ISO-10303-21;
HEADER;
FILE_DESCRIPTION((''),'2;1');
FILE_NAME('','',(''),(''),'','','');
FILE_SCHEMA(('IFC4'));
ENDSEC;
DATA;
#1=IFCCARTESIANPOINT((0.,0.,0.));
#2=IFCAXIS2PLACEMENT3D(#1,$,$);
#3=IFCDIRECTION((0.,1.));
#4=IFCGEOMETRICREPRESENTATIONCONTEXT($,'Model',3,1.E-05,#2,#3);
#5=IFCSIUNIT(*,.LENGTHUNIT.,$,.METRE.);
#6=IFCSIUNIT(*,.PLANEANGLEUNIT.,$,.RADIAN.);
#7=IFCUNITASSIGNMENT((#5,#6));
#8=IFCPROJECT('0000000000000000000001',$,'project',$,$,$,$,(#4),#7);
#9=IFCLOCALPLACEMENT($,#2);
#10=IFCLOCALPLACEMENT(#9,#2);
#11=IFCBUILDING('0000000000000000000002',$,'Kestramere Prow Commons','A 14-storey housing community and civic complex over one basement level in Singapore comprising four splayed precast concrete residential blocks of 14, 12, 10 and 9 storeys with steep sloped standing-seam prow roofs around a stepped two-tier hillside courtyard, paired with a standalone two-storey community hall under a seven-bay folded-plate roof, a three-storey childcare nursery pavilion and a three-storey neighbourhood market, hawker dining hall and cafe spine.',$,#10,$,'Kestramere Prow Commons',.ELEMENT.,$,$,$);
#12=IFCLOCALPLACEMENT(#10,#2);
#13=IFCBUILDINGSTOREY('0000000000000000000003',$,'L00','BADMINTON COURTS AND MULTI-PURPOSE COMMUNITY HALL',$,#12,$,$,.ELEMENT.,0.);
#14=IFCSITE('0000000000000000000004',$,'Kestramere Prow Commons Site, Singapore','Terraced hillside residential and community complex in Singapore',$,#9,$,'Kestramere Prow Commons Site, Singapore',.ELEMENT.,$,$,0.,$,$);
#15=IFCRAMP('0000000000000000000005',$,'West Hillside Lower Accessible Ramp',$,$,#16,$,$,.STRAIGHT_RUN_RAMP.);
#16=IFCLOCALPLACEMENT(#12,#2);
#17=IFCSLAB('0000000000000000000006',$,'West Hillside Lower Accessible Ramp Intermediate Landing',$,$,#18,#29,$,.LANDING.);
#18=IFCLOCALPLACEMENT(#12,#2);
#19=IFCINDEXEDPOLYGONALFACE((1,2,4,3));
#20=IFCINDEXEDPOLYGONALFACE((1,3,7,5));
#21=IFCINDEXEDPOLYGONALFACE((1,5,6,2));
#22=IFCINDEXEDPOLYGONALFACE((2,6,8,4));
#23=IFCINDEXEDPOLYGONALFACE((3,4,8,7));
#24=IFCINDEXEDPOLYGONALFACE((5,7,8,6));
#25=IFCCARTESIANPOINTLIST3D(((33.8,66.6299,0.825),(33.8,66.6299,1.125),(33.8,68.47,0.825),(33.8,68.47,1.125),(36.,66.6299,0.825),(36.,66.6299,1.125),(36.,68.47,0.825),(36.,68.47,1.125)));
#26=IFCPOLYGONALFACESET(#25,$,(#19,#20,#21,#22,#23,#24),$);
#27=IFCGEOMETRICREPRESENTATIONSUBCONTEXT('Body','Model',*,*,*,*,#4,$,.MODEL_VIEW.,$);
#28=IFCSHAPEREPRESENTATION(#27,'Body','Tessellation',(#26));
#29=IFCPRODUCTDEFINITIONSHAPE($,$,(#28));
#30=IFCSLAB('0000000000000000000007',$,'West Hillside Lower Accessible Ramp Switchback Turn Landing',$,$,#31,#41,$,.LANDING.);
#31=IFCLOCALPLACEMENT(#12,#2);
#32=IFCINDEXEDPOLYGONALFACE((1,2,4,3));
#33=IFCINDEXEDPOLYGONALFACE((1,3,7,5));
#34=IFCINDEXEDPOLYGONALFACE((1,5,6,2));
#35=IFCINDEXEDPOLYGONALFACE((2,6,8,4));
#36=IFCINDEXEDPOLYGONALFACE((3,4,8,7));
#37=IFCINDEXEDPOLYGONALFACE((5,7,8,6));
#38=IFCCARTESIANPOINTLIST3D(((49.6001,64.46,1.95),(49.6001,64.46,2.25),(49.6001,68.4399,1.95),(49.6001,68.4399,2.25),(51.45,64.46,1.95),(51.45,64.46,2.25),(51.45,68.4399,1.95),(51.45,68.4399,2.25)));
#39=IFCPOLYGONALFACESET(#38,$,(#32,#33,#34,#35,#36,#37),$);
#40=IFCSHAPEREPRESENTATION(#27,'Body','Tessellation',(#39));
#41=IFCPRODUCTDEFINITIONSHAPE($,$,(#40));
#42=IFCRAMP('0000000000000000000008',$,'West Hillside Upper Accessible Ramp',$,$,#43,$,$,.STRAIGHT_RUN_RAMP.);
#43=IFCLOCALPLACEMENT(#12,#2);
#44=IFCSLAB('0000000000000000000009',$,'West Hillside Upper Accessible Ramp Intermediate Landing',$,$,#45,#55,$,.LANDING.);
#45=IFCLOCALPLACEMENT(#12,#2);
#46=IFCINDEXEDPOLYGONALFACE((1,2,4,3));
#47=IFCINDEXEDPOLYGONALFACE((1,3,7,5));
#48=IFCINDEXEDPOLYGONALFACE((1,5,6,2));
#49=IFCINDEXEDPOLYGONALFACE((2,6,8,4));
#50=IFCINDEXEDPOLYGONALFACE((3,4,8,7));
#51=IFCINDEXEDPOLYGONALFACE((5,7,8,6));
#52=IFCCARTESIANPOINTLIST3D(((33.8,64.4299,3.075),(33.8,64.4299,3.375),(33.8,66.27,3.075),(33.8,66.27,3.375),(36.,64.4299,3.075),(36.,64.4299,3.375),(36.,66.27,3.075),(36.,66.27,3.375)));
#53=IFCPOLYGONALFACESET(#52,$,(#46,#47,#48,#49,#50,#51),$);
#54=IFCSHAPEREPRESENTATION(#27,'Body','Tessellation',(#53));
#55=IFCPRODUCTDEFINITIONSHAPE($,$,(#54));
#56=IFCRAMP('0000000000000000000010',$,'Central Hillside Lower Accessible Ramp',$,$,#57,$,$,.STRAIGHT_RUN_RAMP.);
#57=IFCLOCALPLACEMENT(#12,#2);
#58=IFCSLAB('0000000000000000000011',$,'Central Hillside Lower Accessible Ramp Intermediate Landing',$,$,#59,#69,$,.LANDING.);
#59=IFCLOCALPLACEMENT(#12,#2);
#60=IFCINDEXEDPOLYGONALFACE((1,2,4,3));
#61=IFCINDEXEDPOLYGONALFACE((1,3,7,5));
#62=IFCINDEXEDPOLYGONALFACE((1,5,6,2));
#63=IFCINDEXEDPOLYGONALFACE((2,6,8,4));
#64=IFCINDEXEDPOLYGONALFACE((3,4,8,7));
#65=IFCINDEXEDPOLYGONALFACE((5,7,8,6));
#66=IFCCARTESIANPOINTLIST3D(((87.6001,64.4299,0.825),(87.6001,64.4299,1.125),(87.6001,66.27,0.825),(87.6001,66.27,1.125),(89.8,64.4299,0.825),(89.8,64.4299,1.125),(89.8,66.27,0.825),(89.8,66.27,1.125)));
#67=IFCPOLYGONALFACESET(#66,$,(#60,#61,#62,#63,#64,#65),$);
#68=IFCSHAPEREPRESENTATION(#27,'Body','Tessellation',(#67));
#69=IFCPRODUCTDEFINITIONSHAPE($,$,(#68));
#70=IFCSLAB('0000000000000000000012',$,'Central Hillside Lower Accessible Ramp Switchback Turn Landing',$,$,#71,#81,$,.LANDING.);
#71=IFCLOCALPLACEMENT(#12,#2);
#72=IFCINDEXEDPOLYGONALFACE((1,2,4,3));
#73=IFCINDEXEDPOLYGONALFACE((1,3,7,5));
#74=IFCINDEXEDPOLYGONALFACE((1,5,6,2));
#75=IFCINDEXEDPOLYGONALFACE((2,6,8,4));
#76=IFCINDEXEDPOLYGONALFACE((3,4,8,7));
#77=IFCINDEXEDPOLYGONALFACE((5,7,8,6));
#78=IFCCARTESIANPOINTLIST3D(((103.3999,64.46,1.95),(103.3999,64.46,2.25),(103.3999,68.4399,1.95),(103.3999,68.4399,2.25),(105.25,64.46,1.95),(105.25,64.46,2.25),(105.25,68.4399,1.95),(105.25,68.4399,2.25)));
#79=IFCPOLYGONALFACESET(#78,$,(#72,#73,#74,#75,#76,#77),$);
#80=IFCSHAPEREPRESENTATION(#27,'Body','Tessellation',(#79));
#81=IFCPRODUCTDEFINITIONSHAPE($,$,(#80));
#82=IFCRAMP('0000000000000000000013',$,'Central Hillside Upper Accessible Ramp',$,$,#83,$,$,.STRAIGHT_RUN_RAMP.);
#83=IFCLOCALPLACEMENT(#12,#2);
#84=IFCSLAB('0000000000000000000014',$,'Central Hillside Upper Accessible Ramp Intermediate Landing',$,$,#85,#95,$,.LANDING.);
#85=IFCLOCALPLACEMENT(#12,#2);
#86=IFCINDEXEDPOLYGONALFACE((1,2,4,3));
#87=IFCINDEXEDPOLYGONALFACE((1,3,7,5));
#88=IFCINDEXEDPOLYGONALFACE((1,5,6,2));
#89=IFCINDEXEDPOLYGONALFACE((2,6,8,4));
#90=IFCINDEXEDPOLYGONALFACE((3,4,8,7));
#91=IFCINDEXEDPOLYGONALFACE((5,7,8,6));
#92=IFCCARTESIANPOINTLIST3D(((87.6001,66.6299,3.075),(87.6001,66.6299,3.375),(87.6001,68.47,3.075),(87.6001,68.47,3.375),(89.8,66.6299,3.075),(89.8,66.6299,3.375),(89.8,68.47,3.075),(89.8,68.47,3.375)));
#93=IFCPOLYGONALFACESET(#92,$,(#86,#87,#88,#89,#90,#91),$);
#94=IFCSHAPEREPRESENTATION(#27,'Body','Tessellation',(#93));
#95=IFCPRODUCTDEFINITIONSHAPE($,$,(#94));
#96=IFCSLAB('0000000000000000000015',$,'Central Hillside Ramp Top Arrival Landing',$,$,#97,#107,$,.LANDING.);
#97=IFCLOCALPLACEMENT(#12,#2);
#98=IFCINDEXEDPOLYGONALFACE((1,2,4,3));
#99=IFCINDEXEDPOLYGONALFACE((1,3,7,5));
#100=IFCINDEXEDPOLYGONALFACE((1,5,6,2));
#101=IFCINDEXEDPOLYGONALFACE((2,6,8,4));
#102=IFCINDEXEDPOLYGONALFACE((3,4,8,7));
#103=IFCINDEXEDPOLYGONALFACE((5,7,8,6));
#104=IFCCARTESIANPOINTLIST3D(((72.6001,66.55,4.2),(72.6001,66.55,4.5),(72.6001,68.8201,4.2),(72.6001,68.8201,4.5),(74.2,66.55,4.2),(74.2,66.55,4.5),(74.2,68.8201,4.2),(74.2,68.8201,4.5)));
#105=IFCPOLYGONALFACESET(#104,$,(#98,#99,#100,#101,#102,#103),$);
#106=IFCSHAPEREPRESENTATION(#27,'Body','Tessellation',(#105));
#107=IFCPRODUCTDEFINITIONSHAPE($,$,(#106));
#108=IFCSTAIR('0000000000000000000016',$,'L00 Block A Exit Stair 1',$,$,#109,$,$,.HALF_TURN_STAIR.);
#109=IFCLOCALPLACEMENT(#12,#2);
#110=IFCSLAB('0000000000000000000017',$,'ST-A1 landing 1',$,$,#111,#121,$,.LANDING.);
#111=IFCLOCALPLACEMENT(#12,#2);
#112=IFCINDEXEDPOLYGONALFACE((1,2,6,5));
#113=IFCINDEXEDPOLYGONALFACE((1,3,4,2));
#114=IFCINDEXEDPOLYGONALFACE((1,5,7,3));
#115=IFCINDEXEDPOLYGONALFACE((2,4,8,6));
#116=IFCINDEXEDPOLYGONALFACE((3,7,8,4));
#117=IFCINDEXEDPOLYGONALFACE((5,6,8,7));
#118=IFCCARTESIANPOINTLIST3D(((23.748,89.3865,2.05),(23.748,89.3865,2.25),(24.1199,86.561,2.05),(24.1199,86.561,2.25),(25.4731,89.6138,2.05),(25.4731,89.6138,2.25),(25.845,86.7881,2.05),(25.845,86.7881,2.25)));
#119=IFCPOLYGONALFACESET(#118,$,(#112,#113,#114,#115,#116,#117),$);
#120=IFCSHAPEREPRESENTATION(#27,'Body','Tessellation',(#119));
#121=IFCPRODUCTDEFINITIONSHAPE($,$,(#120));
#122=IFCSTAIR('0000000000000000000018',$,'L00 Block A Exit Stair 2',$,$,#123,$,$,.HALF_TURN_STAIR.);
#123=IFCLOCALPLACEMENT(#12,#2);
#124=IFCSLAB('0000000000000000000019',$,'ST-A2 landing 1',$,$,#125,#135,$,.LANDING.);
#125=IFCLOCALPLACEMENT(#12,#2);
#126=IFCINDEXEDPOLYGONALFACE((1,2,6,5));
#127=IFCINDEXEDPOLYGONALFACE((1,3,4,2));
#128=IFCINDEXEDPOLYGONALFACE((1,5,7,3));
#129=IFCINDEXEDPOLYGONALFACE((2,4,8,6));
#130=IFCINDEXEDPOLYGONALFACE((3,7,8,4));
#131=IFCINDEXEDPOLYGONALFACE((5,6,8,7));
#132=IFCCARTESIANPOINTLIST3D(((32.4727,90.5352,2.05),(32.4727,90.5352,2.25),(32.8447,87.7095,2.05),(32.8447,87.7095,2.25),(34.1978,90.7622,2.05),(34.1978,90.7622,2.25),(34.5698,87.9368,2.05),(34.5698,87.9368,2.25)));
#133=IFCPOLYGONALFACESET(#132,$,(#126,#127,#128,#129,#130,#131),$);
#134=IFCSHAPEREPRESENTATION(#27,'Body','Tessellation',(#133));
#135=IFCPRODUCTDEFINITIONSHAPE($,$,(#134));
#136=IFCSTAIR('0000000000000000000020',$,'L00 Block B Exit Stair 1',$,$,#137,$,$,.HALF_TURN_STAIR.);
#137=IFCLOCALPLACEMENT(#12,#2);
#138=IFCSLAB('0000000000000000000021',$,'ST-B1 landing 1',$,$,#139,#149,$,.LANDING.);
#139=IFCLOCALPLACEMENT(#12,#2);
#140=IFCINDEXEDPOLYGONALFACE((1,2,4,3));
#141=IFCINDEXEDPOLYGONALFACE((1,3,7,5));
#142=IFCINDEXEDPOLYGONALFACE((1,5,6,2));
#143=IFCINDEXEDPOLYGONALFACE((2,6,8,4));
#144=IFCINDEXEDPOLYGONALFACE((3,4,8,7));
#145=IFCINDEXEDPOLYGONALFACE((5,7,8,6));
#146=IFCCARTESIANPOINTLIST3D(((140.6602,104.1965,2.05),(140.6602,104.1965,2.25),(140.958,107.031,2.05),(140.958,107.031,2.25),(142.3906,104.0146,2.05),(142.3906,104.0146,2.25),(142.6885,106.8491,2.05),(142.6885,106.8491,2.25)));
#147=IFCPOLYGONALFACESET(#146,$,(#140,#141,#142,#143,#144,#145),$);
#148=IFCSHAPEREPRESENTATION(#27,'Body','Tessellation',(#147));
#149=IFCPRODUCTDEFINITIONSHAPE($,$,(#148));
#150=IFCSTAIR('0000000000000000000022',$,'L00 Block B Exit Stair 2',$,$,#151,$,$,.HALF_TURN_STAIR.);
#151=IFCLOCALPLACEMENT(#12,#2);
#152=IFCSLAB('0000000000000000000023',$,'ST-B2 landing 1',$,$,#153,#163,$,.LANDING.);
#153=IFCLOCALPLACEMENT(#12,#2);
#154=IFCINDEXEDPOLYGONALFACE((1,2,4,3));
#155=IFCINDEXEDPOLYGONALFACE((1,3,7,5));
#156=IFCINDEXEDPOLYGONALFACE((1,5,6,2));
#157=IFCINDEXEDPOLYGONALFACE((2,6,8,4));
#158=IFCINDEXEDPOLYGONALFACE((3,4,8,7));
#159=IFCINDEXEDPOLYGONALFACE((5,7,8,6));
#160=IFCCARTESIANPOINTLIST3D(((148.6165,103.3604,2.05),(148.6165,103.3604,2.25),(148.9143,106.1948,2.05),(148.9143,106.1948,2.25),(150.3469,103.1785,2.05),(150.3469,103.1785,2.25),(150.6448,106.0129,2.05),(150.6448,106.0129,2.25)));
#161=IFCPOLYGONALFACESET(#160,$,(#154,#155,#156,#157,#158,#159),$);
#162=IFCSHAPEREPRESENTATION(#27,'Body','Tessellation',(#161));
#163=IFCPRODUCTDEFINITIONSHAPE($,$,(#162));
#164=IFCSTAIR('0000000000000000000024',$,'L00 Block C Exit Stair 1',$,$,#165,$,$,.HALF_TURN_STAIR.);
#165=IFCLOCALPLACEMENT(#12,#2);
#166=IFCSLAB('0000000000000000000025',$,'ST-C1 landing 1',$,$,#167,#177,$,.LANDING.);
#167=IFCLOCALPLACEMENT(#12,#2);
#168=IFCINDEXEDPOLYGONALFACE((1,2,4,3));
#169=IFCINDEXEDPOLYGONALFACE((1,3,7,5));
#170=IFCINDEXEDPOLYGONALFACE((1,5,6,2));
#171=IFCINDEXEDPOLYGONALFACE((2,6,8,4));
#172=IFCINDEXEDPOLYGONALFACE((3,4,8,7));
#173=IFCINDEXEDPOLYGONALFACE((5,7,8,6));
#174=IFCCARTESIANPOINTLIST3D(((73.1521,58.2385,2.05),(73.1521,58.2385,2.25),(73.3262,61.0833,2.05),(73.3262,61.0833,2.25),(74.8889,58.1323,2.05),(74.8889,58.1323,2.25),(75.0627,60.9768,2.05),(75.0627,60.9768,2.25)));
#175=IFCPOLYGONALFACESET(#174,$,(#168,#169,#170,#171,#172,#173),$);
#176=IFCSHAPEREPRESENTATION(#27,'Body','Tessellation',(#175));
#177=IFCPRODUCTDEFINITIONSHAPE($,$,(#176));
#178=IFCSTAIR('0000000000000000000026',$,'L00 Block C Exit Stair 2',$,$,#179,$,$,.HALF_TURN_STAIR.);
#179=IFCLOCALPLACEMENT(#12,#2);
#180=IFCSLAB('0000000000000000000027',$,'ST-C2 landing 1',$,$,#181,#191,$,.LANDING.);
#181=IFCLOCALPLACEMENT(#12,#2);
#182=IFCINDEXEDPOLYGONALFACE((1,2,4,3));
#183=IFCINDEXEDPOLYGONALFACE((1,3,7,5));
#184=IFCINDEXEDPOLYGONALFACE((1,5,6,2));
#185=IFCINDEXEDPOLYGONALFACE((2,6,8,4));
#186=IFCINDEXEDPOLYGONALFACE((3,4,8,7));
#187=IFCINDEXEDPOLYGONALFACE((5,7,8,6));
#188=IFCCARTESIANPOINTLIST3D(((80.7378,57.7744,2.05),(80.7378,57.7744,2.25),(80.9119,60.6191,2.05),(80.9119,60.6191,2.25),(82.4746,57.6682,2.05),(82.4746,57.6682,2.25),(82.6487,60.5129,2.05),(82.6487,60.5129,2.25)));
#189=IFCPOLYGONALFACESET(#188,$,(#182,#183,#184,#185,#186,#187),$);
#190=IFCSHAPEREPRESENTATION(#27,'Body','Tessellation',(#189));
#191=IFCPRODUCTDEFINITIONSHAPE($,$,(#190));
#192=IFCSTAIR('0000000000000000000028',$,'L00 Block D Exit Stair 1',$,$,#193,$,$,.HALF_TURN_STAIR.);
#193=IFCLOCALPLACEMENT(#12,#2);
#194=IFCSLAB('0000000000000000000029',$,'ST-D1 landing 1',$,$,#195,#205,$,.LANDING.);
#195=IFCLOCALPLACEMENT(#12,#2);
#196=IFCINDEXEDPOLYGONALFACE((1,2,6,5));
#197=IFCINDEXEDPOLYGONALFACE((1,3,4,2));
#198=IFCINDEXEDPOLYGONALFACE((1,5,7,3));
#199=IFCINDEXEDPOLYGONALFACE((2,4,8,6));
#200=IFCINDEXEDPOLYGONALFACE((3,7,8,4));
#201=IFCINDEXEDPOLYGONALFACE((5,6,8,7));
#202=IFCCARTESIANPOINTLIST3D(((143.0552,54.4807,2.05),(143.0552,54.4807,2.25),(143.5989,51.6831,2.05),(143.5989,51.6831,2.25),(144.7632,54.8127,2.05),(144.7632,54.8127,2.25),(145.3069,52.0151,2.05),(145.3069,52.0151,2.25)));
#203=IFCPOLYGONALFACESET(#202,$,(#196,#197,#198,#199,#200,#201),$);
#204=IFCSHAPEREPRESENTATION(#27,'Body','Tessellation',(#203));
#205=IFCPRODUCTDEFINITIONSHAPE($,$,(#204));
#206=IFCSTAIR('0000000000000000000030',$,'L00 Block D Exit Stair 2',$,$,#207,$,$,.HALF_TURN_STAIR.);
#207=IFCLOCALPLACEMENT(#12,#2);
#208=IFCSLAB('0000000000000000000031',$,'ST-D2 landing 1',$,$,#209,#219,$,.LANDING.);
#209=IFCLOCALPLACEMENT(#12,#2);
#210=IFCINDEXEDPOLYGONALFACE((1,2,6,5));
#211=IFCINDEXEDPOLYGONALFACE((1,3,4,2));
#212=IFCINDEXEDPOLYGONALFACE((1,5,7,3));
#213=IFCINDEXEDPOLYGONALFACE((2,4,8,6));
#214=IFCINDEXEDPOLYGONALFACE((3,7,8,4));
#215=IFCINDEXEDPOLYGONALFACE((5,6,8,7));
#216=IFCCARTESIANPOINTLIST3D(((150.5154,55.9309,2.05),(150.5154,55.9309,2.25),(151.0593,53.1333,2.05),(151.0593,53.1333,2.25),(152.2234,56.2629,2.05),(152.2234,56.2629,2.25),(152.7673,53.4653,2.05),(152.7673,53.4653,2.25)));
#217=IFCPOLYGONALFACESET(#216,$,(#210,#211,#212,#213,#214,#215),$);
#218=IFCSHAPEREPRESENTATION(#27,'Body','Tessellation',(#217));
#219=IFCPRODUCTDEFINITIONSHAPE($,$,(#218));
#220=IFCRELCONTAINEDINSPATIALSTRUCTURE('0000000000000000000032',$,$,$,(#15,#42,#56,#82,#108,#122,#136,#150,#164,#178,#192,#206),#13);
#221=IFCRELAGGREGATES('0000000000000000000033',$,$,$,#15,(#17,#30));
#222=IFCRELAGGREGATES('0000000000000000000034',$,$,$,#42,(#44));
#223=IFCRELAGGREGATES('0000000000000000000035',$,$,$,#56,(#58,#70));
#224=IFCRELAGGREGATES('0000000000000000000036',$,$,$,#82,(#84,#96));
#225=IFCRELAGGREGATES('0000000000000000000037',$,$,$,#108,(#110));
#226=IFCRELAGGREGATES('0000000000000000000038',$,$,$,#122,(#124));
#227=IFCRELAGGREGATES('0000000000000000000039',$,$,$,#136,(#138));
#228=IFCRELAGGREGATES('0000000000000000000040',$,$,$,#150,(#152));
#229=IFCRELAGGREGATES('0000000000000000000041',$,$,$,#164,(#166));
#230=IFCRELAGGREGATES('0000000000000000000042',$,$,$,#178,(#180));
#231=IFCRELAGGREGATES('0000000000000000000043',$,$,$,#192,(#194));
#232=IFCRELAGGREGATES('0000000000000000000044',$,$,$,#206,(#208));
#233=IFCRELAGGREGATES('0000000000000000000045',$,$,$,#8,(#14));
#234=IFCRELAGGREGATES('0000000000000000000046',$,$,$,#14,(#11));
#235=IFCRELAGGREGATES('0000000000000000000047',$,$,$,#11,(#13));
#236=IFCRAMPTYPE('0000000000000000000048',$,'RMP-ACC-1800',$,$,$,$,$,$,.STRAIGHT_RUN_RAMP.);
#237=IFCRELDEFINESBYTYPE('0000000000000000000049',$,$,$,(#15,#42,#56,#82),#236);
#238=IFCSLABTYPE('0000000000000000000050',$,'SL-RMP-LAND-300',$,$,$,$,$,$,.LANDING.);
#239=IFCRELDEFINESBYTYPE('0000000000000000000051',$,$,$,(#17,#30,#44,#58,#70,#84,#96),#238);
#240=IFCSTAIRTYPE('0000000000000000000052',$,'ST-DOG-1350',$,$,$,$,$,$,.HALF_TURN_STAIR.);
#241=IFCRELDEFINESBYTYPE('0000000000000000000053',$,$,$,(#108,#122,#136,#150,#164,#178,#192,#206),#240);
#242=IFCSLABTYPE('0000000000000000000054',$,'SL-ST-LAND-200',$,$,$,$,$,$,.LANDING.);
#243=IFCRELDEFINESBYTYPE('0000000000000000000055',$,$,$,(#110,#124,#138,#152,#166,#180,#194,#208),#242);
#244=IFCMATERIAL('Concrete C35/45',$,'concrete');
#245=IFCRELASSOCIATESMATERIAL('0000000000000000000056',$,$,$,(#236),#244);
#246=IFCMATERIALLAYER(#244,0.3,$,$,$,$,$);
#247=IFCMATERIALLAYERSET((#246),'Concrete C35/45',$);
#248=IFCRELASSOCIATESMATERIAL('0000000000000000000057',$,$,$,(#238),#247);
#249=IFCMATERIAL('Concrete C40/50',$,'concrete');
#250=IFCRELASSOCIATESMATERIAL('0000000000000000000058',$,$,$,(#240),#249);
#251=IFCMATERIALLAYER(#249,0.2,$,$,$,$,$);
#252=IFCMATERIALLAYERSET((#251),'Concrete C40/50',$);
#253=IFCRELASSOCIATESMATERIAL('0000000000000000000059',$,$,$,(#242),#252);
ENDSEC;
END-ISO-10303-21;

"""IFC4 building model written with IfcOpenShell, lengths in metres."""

from ifc_helpers import new_model, si_unit, direction, frame, origin, place, context, subcontext, project, spatial, polyline, outline, extrude, material, layer, layer_set, type_object, element, aggregate, save


model = new_model("IFC4")

# Units and contexts
model_context = context("Model", 3, precision=1e-05, world=origin(), true_north=direction((0.0, 1.0)))
body_context = subcontext(model_context, "Body", "Model", "MODEL_VIEW")
ifc_project = project(units=[si_unit("LENGTHUNIT", "METRE"), si_unit("PLANEANGLEUNIT", "RADIAN")], contexts=[model_context])

# Site, building, storey
site_placement = place(None, origin())
site = spatial("IfcSite", under=ifc_project, at=site_placement, Name="Kestramere Prow Commons Site, Singapore", Description="Terraced hillside residential and community complex in Singapore", LongName="Kestramere Prow Commons Site, Singapore", CompositionType="ELEMENT", RefElevation=0.0)
building_placement = place(site_placement, origin())
building = spatial("IfcBuilding", under=site, at=building_placement, Name="Kestramere Prow Commons", Description="A 14-storey housing community and civic complex over one basement level in Singapore comprising four splayed precast concrete residential blocks of 14, 12, 10 and 9 storeys with steep sloped standing-seam prow roofs around a stepped two-tier hillside courtyard, paired with a standalone two-storey community hall under a seven-bay folded-plate roof, a three-storey childcare nursery pavilion and a three-storey neighbourhood market, hawker dining hall and cafe spine.", LongName="Kestramere Prow Commons", CompositionType="ELEMENT")
storey_placement = place(building_placement, origin())
storey = spatial("IfcBuildingStorey", under=building, at=storey_placement, Name="L00", Description="BADMINTON COURTS AND MULTI-PURPOSE COMMUNITY HALL", CompositionType="ELEMENT", Elevation=0.0)

# Ramp, slabs
ifc_material_1 = material(Name="Concrete C35/45", Category="concrete")
ramp_type = type_object("IfcRampType", Name="RMP-ACC-1800", PredefinedType="STRAIGHT_RUN_RAMP", material=ifc_material_1)
ramp_1_placement = place(storey_placement, origin())
ramp_1 = element("IfcRamp", 1, at=ramp_1_placement, inside=storey, type_object=ramp_type, Name="West Hillside Lower Accessible Ramp", PredefinedType="STRAIGHT_RUN_RAMP")
ifc_layer_1 = layer(ifc_material_1, 0.3)
ifc_layer_set_1 = layer_set([ifc_layer_1], Name="Concrete C35/45")
slab_type_1 = type_object("IfcSlabType", Name="SL-RMP-LAND-300", PredefinedType="LANDING", material=ifc_layer_set_1)
slab_1_placement = place(storey_placement, frame((0.0, 0.0, 0.825)))
slab_1 = element("IfcSlab", 2, at=slab_1_placement, type_object=slab_type_1, Name="West Hillside Lower Accessible Ramp Intermediate Landing", PredefinedType="LANDING", context=body_context, shape_type="SweptSolid", body=[
    extrude(outline(polyline([(33.8, 66.6299), (36.0, 66.6299), (36.0, 68.47), (33.8, 68.47), (33.8, 66.6299)])), origin(), (0.0, 0.0, 1.0), 0.3),
])
slab_2_placement = place(storey_placement, frame((0.0, 0.0, 1.95)))
slab_2 = element("IfcSlab", 3, at=slab_2_placement, type_object=slab_type_1, Name="West Hillside Lower Accessible Ramp Switchback Turn Landing", PredefinedType="LANDING", context=body_context, shape_type="SweptSolid", body=[
    extrude(outline(polyline([(49.6001, 64.46), (51.45, 64.46), (51.45, 68.4399), (49.6001, 68.4399), (49.6001, 64.46)])), origin(), (0.0, 0.0, 1.0), 0.3),
])
aggregate(ramp_1, [slab_1, slab_2])

# Ramp, slab
ramp_2_placement = place(storey_placement, origin())
ramp_2 = element("IfcRamp", 4, at=ramp_2_placement, inside=storey, type_object=ramp_type, Name="West Hillside Upper Accessible Ramp", PredefinedType="STRAIGHT_RUN_RAMP")
slab_3_placement = place(storey_placement, frame((0.0, 0.0, 3.075)))
slab_3 = element("IfcSlab", 5, at=slab_3_placement, type_object=slab_type_1, Name="West Hillside Upper Accessible Ramp Intermediate Landing", PredefinedType="LANDING", context=body_context, shape_type="SweptSolid", body=[
    extrude(outline(polyline([(33.8, 64.4299), (36.0, 64.4299), (36.0, 66.27), (33.8, 66.27), (33.8, 64.4299)])), origin(), (0.0, 0.0, 1.0), 0.3),
])
aggregate(ramp_2, [slab_3])

# Ramps, slabs
ramp_3_placement = place(storey_placement, origin())
ramp_3 = element("IfcRamp", 6, at=ramp_3_placement, inside=storey, type_object=ramp_type, Name="Central Hillside Lower Accessible Ramp", PredefinedType="STRAIGHT_RUN_RAMP")
slab_4_placement = place(storey_placement, frame((0.0, 0.0, 0.825)))
slab_4 = element("IfcSlab", 7, at=slab_4_placement, type_object=slab_type_1, Name="Central Hillside Lower Accessible Ramp Intermediate Landing", PredefinedType="LANDING", context=body_context, shape_type="SweptSolid", body=[
    extrude(outline(polyline([(87.6001, 64.4299), (89.8, 64.4299), (89.8, 66.27), (87.6001, 66.27), (87.6001, 64.4299)])), origin(), (0.0, 0.0, 1.0), 0.3),
])
slab_5_placement = place(storey_placement, frame((0.0, 0.0, 1.95)))
slab_5 = element("IfcSlab", 8, at=slab_5_placement, type_object=slab_type_1, Name="Central Hillside Lower Accessible Ramp Switchback Turn Landing", PredefinedType="LANDING", context=body_context, shape_type="SweptSolid", body=[
    extrude(outline(polyline([(103.3999, 64.46), (105.25, 64.46), (105.25, 68.4399), (103.3999, 68.4399), (103.3999, 64.46)])), origin(), (0.0, 0.0, 1.0), 0.3),
])
aggregate(ramp_3, [slab_4, slab_5])
ramp_4_placement = place(storey_placement, origin())
ramp_4 = element("IfcRamp", 9, at=ramp_4_placement, inside=storey, type_object=ramp_type, Name="Central Hillside Upper Accessible Ramp", PredefinedType="STRAIGHT_RUN_RAMP")
slab_6_placement = place(storey_placement, frame((0.0, 0.0, 3.075)))
slab_6 = element("IfcSlab", 10, at=slab_6_placement, type_object=slab_type_1, Name="Central Hillside Upper Accessible Ramp Intermediate Landing", PredefinedType="LANDING", context=body_context, shape_type="SweptSolid", body=[
    extrude(outline(polyline([(87.6001, 66.6299), (89.8, 66.6299), (89.8, 68.47), (87.6001, 68.47), (87.6001, 66.6299)])), origin(), (0.0, 0.0, 1.0), 0.3),
])
slab_7_placement = place(storey_placement, frame((0.0, 0.0, 4.2)))
slab_7 = element("IfcSlab", 11, at=slab_7_placement, type_object=slab_type_1, Name="Central Hillside Ramp Top Arrival Landing", PredefinedType="LANDING", context=body_context, shape_type="SweptSolid", body=[
    extrude(outline(polyline([(72.6001, 66.55), (74.2, 66.55), (74.2, 68.8201), (72.6001, 68.8201), (72.6001, 66.55)])), origin(), (0.0, 0.0, 1.0), 0.3),
])
aggregate(ramp_4, [slab_6, slab_7])

# Stairs, slabs
ifc_material_2 = material(Name="Concrete C40/50", Category="concrete")
stair_type_1 = type_object("IfcStairType", Name="ST-DOG-1350", PredefinedType="HALF_TURN_STAIR", material=ifc_material_2)
stair_1_placement = place(storey_placement, origin())
stair_1 = element("IfcStair", 12, at=stair_1_placement, inside=storey, type_object=stair_type_1, Name="L00 Block A Exit Stair 1", PredefinedType="HALF_TURN_STAIR")
ifc_layer_2 = layer(ifc_material_2, 0.2)
ifc_layer_set_2 = layer_set([ifc_layer_2], Name="Concrete C40/50")
slab_type_2 = type_object("IfcSlabType", Name="SL-ST-LAND-200", PredefinedType="LANDING", material=ifc_layer_set_2)
slab_8_placement = place(storey_placement, frame((0.0, 0.0, 2.05)))
slab_8 = element("IfcSlab", 13, at=slab_8_placement, type_object=slab_type_2, Name="ST-A1 landing 1", PredefinedType="LANDING", context=body_context, shape_type="SweptSolid", body=[
    extrude(outline(polyline([(24.1199, 86.561), (25.845, 86.7881), (25.4731, 89.6138), (23.748, 89.3865), (24.1199, 86.561)])), origin(), (0.0, 0.0, 1.0), 0.2),
])
aggregate(stair_1, [slab_8])
stair_2_placement = place(storey_placement, origin())
stair_2 = element("IfcStair", 14, at=stair_2_placement, inside=storey, type_object=stair_type_1, Name="L00 Block A Exit Stair 2", PredefinedType="HALF_TURN_STAIR")
slab_9_placement = place(storey_placement, frame((0.0, 0.0, 2.05)))
slab_9 = element("IfcSlab", 15, at=slab_9_placement, type_object=slab_type_2, Name="ST-A2 landing 1", PredefinedType="LANDING", context=body_context, shape_type="SweptSolid", body=[
    extrude(outline(polyline([(32.8447, 87.7095), (34.5698, 87.9368), (34.1978, 90.7622), (32.4727, 90.5352), (32.8447, 87.7095)])), origin(), (0.0, 0.0, 1.0), 0.2),
])
aggregate(stair_2, [slab_9])
stair_3_placement = place(storey_placement, origin())
stair_3 = element("IfcStair", 16, at=stair_3_placement, inside=storey, type_object=stair_type_1, Name="L00 Block B Exit Stair 1", PredefinedType="HALF_TURN_STAIR")
slab_10_placement = place(storey_placement, frame((0.0, 0.0, 2.05)))
slab_10 = element("IfcSlab", 17, at=slab_10_placement, type_object=slab_type_2, Name="ST-B1 landing 1", PredefinedType="LANDING", context=body_context, shape_type="SweptSolid", body=[
    extrude(outline(polyline([(140.6602, 104.1965), (142.3906, 104.0146), (142.6885, 106.8491), (140.958, 107.031), (140.6602, 104.1965)])), origin(), (0.0, 0.0, 1.0), 0.2),
])
aggregate(stair_3, [slab_10])
stair_4_placement = place(storey_placement, origin())
stair_4 = element("IfcStair", 18, at=stair_4_placement, inside=storey, type_object=stair_type_1, Name="L00 Block B Exit Stair 2", PredefinedType="HALF_TURN_STAIR")
slab_11_placement = place(storey_placement, frame((0.0, 0.0, 2.05)))
slab_11 = element("IfcSlab", 19, at=slab_11_placement, type_object=slab_type_2, Name="ST-B2 landing 1", PredefinedType="LANDING", context=body_context, shape_type="SweptSolid", body=[
    extrude(outline(polyline([(148.6165, 103.3604), (150.3469, 103.1785), (150.6448, 106.0129), (148.9143, 106.1948), (148.6165, 103.3604)])), origin(), (0.0, 0.0, 1.0), 0.2),
])
aggregate(stair_4, [slab_11])
stair_5_placement = place(storey_placement, origin())
stair_5 = element("IfcStair", 20, at=stair_5_placement, inside=storey, type_object=stair_type_1, Name="L00 Block C Exit Stair 1", PredefinedType="HALF_TURN_STAIR")
slab_12_placement = place(storey_placement, frame((0.0, 0.0, 2.05)))
slab_12 = element("IfcSlab", 21, at=slab_12_placement, type_object=slab_type_2, Name="ST-C1 landing 1", PredefinedType="LANDING", context=body_context, shape_type="SweptSolid", body=[
    extrude(outline(polyline([(73.1521, 58.2385), (74.8889, 58.1323), (75.0627, 60.9768), (73.3262, 61.0833), (73.1521, 58.2385)])), origin(), (0.0, 0.0, 1.0), 0.2),
])
aggregate(stair_5, [slab_12])
stair_6_placement = place(storey_placement, origin())
stair_6 = element("IfcStair", 22, at=stair_6_placement, inside=storey, type_object=stair_type_1, Name="L00 Block C Exit Stair 2", PredefinedType="HALF_TURN_STAIR")
slab_13_placement = place(storey_placement, frame((0.0, 0.0, 2.05)))
slab_13 = element("IfcSlab", 23, at=slab_13_placement, type_object=slab_type_2, Name="ST-C2 landing 1", PredefinedType="LANDING", context=body_context, shape_type="SweptSolid", body=[
    extrude(outline(polyline([(80.7378, 57.7744), (82.4746, 57.6682), (82.6487, 60.5129), (80.9119, 60.6191), (80.7378, 57.7744)])), origin(), (0.0, 0.0, 1.0), 0.2),
])
aggregate(stair_6, [slab_13])
stair_7_placement = place(storey_placement, origin())
stair_7 = element("IfcStair", 24, at=stair_7_placement, inside=storey, type_object=stair_type_1, Name="L00 Block D Exit Stair 1", PredefinedType="HALF_TURN_STAIR")
slab_14_placement = place(storey_placement, frame((0.0, 0.0, 2.05)))
slab_14 = element("IfcSlab", 25, at=slab_14_placement, type_object=slab_type_2, Name="ST-D1 landing 1", PredefinedType="LANDING", context=body_context, shape_type="SweptSolid", body=[
    extrude(outline(polyline([(143.5989, 51.6831), (145.3069, 52.0151), (144.7632, 54.8127), (143.0552, 54.4807), (143.5989, 51.6831)])), origin(), (0.0, 0.0, 1.0), 0.2),
])
aggregate(stair_7, [slab_14])
stair_8_placement = place(storey_placement, origin())
stair_8 = element("IfcStair", 26, at=stair_8_placement, inside=storey, type_object=stair_type_1, Name="L00 Block D Exit Stair 2", PredefinedType="HALF_TURN_STAIR")
slab_15_placement = place(storey_placement, frame((0.0, 0.0, 2.05)))
slab_15 = element("IfcSlab", 27, at=slab_15_placement, type_object=slab_type_2, Name="ST-D2 landing 1", PredefinedType="LANDING", context=body_context, shape_type="SweptSolid", body=[
    extrude(outline(polyline([(151.0593, 53.1333), (152.7673, 53.4653), (152.2234, 56.2629), (150.5154, 55.9309), (151.0593, 53.1333)])), origin(), (0.0, 0.0, 1.0), 0.2),
])
aggregate(stair_8, [slab_15])

save(model, "model.ifc")
